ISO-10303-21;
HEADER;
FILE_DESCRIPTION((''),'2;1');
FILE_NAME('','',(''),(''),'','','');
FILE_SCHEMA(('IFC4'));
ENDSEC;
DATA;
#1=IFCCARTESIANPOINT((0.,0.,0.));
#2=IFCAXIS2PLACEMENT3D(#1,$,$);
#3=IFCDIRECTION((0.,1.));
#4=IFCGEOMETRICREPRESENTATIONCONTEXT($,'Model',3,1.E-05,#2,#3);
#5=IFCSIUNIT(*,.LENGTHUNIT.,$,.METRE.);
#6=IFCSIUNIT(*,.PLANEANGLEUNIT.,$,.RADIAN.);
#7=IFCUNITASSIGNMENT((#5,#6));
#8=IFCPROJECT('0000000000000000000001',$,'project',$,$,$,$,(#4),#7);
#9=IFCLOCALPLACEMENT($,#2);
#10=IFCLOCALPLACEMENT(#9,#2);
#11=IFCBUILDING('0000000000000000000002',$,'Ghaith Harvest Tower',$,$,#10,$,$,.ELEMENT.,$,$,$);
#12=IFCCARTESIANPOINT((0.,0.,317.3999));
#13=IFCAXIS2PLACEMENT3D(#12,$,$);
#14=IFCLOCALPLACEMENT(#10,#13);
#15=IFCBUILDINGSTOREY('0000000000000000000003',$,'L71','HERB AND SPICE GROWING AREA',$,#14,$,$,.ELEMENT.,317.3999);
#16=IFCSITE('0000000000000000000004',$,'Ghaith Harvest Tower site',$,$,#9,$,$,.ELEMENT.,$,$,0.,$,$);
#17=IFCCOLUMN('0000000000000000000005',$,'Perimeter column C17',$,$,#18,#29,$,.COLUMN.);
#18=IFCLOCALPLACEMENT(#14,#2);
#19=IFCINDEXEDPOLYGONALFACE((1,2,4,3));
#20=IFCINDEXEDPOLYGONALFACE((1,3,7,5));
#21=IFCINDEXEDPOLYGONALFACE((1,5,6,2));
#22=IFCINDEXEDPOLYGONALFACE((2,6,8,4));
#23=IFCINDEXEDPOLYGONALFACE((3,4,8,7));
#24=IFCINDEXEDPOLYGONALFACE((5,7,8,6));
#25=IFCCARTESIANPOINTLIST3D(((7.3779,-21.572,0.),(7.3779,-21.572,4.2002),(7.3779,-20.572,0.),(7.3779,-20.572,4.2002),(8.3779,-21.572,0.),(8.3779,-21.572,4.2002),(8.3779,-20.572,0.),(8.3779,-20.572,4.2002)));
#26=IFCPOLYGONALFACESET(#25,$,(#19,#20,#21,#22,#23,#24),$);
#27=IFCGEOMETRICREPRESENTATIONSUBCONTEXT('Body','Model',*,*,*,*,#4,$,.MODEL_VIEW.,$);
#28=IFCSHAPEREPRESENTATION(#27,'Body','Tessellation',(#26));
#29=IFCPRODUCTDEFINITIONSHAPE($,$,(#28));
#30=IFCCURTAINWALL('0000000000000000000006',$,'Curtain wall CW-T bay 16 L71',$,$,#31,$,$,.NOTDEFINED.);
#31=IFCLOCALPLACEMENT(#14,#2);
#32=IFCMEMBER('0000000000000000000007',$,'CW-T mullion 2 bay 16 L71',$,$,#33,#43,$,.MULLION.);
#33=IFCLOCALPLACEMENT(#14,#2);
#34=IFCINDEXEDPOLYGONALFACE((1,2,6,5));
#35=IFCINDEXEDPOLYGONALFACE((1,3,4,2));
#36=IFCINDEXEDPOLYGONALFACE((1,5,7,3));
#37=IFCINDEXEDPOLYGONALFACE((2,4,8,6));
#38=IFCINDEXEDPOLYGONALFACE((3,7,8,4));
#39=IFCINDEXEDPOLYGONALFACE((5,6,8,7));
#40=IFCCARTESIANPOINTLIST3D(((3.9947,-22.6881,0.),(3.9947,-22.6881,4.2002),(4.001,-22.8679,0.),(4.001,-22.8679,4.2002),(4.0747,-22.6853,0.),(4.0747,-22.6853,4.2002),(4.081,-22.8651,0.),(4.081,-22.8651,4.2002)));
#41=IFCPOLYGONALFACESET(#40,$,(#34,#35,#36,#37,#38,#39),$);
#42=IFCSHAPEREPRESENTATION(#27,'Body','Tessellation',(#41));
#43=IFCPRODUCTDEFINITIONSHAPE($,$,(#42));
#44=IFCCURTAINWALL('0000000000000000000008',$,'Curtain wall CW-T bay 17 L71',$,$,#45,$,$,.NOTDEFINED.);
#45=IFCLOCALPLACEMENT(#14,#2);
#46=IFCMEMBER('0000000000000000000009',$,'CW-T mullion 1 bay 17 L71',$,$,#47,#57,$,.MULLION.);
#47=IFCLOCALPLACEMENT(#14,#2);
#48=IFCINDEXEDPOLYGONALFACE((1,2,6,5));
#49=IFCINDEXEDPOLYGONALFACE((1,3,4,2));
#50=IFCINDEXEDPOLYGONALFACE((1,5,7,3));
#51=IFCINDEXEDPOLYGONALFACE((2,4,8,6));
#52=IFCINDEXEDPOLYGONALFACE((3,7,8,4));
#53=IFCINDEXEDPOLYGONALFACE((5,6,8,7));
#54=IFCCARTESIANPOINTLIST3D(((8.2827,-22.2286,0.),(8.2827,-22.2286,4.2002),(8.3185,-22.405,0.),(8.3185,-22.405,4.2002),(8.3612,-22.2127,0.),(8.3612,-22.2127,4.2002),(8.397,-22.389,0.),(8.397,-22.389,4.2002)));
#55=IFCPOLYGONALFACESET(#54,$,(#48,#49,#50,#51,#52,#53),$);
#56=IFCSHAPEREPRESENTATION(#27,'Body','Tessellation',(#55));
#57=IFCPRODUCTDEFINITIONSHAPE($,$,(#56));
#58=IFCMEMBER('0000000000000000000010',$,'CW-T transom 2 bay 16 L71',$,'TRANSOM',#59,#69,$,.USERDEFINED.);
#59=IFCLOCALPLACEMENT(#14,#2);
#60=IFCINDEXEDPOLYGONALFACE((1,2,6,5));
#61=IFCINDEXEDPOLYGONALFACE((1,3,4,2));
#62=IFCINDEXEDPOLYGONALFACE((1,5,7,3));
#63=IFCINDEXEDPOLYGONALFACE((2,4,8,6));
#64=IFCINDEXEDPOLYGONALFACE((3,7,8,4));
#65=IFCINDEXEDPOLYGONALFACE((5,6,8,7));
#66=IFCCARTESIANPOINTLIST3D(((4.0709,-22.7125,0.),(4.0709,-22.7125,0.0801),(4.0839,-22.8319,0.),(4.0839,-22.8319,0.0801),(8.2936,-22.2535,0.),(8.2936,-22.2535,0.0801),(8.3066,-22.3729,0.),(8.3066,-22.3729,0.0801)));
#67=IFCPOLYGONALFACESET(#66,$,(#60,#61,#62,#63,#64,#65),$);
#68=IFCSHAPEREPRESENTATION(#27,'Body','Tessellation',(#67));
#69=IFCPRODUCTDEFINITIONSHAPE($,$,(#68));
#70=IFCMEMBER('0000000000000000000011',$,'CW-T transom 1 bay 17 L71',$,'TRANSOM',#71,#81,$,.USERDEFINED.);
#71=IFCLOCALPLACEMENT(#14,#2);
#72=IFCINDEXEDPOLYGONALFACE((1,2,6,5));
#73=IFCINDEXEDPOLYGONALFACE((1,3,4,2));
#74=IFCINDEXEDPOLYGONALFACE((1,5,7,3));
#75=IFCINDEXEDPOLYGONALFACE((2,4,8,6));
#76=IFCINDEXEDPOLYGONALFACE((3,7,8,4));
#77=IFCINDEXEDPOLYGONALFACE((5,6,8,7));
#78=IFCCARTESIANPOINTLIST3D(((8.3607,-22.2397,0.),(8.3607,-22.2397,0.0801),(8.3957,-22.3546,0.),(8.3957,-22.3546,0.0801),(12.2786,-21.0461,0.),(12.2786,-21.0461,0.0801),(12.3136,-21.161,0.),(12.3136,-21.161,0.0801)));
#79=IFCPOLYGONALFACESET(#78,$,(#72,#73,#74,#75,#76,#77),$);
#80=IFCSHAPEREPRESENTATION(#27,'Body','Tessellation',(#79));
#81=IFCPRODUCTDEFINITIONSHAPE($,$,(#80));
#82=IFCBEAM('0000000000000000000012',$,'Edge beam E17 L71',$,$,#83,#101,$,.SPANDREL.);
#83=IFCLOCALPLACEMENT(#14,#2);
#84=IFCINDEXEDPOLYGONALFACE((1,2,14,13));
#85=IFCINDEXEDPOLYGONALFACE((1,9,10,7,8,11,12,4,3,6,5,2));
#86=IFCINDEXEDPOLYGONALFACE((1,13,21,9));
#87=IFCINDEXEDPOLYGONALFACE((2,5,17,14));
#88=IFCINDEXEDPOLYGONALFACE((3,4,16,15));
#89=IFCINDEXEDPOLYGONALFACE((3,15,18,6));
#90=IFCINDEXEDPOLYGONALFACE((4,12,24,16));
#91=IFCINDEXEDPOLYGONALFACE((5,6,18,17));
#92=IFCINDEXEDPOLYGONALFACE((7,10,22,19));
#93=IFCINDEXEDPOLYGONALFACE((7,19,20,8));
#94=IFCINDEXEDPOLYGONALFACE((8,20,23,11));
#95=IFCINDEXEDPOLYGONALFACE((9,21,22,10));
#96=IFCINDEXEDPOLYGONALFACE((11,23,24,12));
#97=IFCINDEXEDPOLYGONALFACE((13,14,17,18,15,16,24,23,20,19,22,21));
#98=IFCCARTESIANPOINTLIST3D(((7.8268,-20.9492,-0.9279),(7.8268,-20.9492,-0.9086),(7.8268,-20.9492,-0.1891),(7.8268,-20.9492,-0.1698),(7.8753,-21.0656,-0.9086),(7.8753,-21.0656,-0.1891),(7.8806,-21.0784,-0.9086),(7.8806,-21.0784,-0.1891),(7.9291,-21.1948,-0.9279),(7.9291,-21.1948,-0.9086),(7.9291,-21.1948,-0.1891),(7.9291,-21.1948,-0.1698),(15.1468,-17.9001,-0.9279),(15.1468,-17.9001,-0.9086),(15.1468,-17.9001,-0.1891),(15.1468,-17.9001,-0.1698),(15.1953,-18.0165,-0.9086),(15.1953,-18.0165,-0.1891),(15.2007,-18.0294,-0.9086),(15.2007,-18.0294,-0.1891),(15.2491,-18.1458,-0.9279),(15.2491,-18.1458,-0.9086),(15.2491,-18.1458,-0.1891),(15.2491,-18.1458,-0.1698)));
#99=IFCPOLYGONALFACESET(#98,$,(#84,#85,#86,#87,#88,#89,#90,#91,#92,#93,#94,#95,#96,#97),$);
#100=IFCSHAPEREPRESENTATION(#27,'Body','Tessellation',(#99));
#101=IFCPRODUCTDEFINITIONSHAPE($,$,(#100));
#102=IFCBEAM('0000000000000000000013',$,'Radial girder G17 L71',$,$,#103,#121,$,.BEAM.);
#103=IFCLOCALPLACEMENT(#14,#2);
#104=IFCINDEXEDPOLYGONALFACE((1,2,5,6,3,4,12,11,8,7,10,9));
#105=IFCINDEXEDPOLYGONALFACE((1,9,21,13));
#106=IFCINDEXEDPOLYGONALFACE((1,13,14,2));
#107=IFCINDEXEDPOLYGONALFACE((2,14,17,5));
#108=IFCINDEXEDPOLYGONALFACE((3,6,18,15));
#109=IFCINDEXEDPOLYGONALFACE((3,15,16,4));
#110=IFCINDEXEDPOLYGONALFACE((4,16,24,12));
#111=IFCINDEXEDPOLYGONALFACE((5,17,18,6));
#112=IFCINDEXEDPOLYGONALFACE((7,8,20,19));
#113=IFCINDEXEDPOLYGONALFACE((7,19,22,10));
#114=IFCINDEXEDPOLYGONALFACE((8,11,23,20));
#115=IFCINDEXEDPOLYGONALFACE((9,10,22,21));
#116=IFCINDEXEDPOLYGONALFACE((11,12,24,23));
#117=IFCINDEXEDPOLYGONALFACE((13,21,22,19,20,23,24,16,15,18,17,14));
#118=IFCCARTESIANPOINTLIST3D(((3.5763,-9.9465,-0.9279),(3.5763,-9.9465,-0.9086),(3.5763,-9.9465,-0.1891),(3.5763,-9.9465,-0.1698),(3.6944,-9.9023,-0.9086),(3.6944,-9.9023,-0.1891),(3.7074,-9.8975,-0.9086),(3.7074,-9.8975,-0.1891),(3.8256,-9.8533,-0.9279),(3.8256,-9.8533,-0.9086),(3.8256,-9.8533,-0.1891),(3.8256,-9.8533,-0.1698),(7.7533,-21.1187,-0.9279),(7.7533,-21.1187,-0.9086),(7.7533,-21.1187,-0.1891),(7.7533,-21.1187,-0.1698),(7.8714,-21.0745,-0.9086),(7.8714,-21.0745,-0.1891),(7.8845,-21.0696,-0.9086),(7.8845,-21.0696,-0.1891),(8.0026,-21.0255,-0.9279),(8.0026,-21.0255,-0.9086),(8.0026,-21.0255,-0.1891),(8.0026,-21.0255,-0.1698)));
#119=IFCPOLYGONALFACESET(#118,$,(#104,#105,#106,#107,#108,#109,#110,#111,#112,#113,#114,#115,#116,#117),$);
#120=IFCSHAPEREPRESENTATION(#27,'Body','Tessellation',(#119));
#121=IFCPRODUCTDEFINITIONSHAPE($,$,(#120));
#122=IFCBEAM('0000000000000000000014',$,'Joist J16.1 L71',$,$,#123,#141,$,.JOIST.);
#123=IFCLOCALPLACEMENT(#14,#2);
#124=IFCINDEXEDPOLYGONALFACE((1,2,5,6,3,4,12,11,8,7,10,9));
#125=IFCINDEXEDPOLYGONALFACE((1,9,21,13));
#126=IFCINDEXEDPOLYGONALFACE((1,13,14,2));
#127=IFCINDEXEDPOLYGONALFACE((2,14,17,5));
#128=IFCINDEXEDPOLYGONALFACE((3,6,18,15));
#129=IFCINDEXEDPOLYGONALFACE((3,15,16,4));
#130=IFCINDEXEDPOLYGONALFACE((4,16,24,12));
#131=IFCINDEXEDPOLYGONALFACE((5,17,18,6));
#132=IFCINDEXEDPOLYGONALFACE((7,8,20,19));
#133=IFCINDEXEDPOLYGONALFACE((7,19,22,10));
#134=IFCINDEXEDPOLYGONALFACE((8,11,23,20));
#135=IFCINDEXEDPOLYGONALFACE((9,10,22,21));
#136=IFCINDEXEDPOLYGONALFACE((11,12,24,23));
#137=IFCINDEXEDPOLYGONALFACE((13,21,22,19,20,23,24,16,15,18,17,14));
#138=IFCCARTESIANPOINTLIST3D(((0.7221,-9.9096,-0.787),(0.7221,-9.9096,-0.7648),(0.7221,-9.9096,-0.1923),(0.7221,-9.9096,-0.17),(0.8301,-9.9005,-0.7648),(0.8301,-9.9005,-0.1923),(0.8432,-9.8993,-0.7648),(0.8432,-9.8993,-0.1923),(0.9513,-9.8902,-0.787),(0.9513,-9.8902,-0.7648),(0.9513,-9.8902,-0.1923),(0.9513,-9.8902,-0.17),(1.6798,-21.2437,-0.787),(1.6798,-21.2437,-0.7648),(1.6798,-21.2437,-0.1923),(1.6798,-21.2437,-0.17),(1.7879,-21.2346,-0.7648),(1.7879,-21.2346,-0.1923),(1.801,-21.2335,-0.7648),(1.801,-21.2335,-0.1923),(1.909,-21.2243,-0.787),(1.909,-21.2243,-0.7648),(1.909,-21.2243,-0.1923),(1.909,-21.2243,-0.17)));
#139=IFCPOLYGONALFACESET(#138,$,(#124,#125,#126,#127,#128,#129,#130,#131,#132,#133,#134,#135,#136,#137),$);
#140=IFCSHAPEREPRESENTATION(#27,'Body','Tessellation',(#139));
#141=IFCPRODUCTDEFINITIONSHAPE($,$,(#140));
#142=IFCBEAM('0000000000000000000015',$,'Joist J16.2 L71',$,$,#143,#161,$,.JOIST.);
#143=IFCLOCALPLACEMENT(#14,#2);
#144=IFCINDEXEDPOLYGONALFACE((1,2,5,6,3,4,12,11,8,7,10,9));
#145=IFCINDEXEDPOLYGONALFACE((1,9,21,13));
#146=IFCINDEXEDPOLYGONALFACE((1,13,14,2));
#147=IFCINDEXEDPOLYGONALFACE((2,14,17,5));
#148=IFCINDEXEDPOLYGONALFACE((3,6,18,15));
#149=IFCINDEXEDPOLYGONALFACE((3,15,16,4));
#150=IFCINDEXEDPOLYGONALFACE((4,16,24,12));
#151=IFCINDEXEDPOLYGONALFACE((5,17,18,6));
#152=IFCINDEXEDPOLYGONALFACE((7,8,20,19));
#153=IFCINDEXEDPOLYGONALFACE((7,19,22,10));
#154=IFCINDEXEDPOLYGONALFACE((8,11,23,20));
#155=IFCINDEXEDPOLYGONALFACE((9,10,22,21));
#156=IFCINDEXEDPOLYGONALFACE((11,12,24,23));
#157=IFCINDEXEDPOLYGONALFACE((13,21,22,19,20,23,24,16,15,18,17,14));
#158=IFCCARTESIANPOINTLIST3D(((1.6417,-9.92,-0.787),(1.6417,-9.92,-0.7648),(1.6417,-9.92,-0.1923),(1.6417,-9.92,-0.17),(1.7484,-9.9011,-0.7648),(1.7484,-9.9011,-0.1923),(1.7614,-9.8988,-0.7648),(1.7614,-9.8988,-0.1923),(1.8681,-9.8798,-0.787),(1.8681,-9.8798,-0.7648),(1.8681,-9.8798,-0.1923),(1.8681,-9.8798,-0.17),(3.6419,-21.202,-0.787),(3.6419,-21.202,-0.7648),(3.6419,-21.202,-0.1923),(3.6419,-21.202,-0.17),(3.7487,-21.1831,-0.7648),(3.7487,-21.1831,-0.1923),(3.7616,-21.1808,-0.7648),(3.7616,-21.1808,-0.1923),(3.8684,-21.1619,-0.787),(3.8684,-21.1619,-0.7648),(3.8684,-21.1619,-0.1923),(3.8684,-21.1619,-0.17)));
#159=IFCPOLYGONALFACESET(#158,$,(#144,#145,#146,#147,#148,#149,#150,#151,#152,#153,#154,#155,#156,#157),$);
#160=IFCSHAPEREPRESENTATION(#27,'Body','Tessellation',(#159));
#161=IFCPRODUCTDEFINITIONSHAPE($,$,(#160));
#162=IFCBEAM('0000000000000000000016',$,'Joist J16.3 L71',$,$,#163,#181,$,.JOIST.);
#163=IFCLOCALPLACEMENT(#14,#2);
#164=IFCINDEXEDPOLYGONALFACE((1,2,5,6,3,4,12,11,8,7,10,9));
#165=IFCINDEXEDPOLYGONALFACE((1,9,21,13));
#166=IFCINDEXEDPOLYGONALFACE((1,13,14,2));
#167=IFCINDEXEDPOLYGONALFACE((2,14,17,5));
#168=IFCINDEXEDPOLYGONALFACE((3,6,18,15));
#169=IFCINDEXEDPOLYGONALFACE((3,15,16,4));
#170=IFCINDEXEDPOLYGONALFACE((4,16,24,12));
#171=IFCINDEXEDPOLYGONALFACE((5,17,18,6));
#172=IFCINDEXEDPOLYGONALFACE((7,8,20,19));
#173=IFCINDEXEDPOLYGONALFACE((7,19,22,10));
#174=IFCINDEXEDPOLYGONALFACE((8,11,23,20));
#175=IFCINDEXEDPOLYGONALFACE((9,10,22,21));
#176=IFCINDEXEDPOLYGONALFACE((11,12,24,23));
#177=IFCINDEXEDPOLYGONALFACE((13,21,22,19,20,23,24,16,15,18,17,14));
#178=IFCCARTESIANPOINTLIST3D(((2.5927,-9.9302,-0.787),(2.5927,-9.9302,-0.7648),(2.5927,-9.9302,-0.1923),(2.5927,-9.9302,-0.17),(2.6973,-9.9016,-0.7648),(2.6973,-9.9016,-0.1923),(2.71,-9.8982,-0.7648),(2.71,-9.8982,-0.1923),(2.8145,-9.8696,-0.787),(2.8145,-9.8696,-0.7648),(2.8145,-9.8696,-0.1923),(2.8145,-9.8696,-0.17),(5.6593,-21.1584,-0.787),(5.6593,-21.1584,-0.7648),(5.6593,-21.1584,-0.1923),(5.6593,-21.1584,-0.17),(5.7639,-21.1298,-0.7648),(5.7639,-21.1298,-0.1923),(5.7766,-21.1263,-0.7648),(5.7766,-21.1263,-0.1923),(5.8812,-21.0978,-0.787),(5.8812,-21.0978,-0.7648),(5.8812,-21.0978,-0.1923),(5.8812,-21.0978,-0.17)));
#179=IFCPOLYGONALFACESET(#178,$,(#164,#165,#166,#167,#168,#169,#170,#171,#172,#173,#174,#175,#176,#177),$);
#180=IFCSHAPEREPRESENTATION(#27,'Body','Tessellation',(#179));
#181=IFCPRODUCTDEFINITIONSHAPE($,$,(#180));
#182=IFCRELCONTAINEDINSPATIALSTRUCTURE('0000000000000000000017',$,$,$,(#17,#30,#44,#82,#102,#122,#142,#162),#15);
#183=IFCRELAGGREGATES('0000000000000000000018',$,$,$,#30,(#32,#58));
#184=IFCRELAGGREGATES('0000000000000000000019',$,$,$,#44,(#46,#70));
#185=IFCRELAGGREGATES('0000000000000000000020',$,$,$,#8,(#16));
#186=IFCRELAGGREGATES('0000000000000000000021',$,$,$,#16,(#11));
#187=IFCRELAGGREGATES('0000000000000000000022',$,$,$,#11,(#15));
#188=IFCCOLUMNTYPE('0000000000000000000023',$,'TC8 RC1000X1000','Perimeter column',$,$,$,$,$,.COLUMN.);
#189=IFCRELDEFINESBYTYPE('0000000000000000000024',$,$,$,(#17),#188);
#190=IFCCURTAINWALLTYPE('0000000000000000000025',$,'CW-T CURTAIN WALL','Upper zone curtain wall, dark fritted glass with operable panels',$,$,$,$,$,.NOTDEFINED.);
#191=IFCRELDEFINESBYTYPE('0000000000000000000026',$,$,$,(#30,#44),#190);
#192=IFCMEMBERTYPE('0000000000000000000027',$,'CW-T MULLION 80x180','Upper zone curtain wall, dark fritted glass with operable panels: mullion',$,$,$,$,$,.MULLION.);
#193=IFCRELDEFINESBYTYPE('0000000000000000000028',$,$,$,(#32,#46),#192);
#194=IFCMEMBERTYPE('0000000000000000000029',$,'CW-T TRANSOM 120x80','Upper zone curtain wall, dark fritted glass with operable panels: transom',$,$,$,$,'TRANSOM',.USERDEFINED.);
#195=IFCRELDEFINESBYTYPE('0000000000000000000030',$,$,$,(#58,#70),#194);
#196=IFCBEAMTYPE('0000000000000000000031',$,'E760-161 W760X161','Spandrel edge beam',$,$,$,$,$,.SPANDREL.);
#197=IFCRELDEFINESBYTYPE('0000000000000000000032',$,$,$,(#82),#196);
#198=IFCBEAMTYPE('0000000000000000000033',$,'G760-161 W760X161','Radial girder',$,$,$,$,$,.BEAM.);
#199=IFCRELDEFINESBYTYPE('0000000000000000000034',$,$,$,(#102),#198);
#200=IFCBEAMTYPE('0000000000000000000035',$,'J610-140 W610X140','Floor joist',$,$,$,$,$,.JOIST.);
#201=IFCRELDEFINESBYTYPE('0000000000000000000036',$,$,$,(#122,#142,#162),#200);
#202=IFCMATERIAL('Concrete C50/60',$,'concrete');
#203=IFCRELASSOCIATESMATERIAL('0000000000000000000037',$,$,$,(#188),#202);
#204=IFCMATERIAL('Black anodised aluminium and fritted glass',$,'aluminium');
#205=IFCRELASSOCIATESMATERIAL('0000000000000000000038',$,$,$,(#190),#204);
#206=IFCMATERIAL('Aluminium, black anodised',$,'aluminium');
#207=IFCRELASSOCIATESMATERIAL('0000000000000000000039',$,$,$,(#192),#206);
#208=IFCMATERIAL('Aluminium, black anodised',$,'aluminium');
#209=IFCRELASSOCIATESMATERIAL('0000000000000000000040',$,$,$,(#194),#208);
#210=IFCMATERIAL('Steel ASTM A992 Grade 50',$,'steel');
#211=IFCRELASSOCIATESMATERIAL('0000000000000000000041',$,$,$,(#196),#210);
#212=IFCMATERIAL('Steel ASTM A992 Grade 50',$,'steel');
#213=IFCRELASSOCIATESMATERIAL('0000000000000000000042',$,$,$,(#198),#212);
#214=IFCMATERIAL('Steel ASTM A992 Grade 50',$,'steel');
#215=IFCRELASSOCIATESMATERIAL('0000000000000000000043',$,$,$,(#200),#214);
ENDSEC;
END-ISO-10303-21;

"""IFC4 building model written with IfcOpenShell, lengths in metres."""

from ifc_helpers import new_model, si_unit, direction, frame, origin, origin_2d, place, context, subcontext, project, spatial, rectangle, i_section, extrude, material, material_profile, profile_set, type_object, element, aggregate, save


model = new_model("IFC4")

# Units and contexts
model_context = context("Model", 3, precision=1e-05, world=origin(), true_north=direction((0.0, 1.0)))
body_context = subcontext(model_context, "Body", "Model", "MODEL_VIEW")
ifc_project = project(units=[si_unit("LENGTHUNIT", "METRE"), si_unit("PLANEANGLEUNIT", "RADIAN")], contexts=[model_context])

# Site, building, storey
site_placement = place(None, origin())
site = spatial("IfcSite", under=ifc_project, at=site_placement, Name="Ghaith Harvest Tower site", CompositionType="ELEMENT", RefElevation=0.0)
building_placement = place(site_placement, origin())
building = spatial("IfcBuilding", under=site, at=building_placement, Name="Ghaith Harvest Tower", CompositionType="ELEMENT")
storey_placement = place(building_placement, frame((0.0, 0.0, 317.3999)))
storey = spatial("IfcBuildingStorey", under=building, at=storey_placement, Name="L71", Description="HERB AND SPICE GROWING AREA", CompositionType="ELEMENT", Elevation=317.3999)

# Column
ifc_material_1 = material(Name="Concrete C50/60", Category="concrete")
ifc_material_profile_1 = material_profile(ifc_material_1, rectangle(XDim=1.0, YDim=1.0, at=origin_2d()), Name="RC1000X1000")
ifc_profile_set_1 = profile_set([ifc_material_profile_1], Name="Concrete C50/60")
column_type = type_object("IfcColumnType", Name="TC8 RC1000X1000", Description="Perimeter column", PredefinedType="COLUMN", material=ifc_profile_set_1)
column_placement = place(storey_placement, frame((7.8779, -21.072, 0.0), z_axis=(0.0, 0.0, 1.0), x_axis=(1.0, 0.0, 0.0)))
element("IfcColumn", 1, at=column_placement, inside=storey, type_object=column_type, Name="Perimeter column C17", PredefinedType="COLUMN", context=body_context, shape_type="SweptSolid", body=[
    extrude(rectangle(XDim=1.0, YDim=1.0, at=origin_2d()), origin(), (0.0, 0.0, 1.0), 4.2002),
])

# Curtain walls, members
ifc_material_2 = material(Name="Black anodised aluminium and fritted glass", Category="aluminium")
curtain_wall_type = type_object("IfcCurtainWallType", Name="CW-T CURTAIN WALL", Description="Upper zone curtain wall, dark fritted glass with operable panels", PredefinedType="NOTDEFINED", material=ifc_material_2)
curtain_wall_1_placement = place(storey_placement, origin())
curtain_wall_1 = element("IfcCurtainWall", 2, at=curtain_wall_1_placement, inside=storey, type_object=curtain_wall_type, Name="Curtain wall CW-T bay 16 L71", PredefinedType="NOTDEFINED")
ifc_material_3 = material(Name="Aluminium, black anodised", Category="aluminium")
ifc_material_profile_2 = material_profile(ifc_material_3, rectangle(XDim=0.0801, YDim=0.1799, at=origin_2d()), Name="CW-T MULLION 80x180")
ifc_profile_set_2 = profile_set([ifc_material_profile_2], Name="Aluminium, black anodised")
member_type_1 = type_object("IfcMemberType", Name="CW-T MULLION 80x180", Description="Upper zone curtain wall, dark fritted glass with operable panels: mullion", PredefinedType="MULLION", material=ifc_profile_set_2)
member_1_placement = place(storey_placement, frame((4.0378, -22.7766, 0.0), z_axis=(0.0, 0.0, 1.0), x_axis=(0.999389, 0.034962, 0.0)))
member_1 = element("IfcMember", 3, at=member_1_placement, type_object=member_type_1, Name="CW-T mullion 2 bay 16 L71", PredefinedType="MULLION", context=body_context, shape_type="SweptSolid", body=[
    extrude(rectangle(XDim=0.0801, YDim=0.1799, at=origin_2d()), origin(), (0.0, 0.0, 1.0), 4.2002),
])
curtain_wall_2_placement = place(storey_placement, origin())
curtain_wall_2 = element("IfcCurtainWall", 4, at=curtain_wall_2_placement, inside=storey, type_object=curtain_wall_type, Name="Curtain wall CW-T bay 17 L71", PredefinedType="NOTDEFINED")
member_2_placement = place(storey_placement, frame((8.3398, -22.3088, 0.0), z_axis=(0.0, 0.0, 1.0), x_axis=(0.98, 0.198997, 0.0)))
member_2 = element("IfcMember", 5, at=member_2_placement, type_object=member_type_1, Name="CW-T mullion 1 bay 17 L71", PredefinedType="MULLION", context=body_context, shape_type="SweptSolid", body=[
    extrude(rectangle(XDim=0.0801, YDim=0.1799, at=origin_2d()), origin(), (0.0, 0.0, 1.0), 4.2002),
])

# Members
ifc_material_4 = material(Name="Aluminium, black anodised", Category="aluminium")
ifc_material_profile_3 = material_profile(ifc_material_4, rectangle(XDim=0.1201, YDim=0.0801, at=origin_2d()), Name="CW-T TRANSOM 120x80")
ifc_profile_set_3 = profile_set([ifc_material_profile_3], Name="Aluminium, black anodised")
member_type_2 = type_object("IfcMemberType", Name="CW-T TRANSOM 120x80", Description="Upper zone curtain wall, dark fritted glass with operable panels: transom", ElementType="TRANSOM", PredefinedType="USERDEFINED", material=ifc_profile_set_3)
member_3_placement = place(storey_placement, frame((4.0774, -22.7722, 0.04), z_axis=(0.994144, 0.108059, 0.0), x_axis=(-0.108059, 0.994144, 0.0)))
member_3 = element("IfcMember", 6, at=member_3_placement, type_object=member_type_2, Name="CW-T transom 2 bay 16 L71", ObjectType="TRANSOM", PredefinedType="USERDEFINED", context=body_context, shape_type="SweptSolid", body=[
    extrude(rectangle(XDim=0.1201, YDim=0.0801, at=origin_2d()), origin(), (0.0, 0.0, 1.0), 4.2476),
])
member_4_placement = place(storey_placement, frame((8.3782, -22.2971, 0.04), z_axis=(0.956594, 0.291425, 0.0), x_axis=(-0.291425, 0.956594, 0.0)))
member_4 = element("IfcMember", 7, at=member_4_placement, type_object=member_type_2, Name="CW-T transom 1 bay 17 L71", ObjectType="TRANSOM", PredefinedType="USERDEFINED", context=body_context, shape_type="SweptSolid", body=[
    extrude(rectangle(XDim=0.1201, YDim=0.0801, at=origin_2d()), origin(), (0.0, 0.0, 1.0), 4.0957),
])

# Beams
ifc_material_5 = material(Name="Steel ASTM A992 Grade 50", Category="steel")
ifc_material_profile_4 = material_profile(ifc_material_5, i_section(OverallWidth=0.2661, OverallDepth=0.7581, WebThickness=0.0139, FlangeThickness=0.0193, at=origin_2d()), Name="W760X161")
ifc_profile_set_4 = profile_set([ifc_material_profile_4], Name="Steel ASTM A992 Grade 50")
beam_type_1 = type_object("IfcBeamType", Name="E760-161 W760X161", Description="Spandrel edge beam", PredefinedType="SPANDREL", material=ifc_profile_set_4)
beam_1_placement = place(storey_placement, frame((7.8779, -21.072, -0.5488), z_axis=(0.92312, 0.384513, 0.0), x_axis=(-0.384513, 0.92312, 0.0)))
element("IfcBeam", 8, at=beam_1_placement, inside=storey, type_object=beam_type_1, Name="Edge beam E17 L71", PredefinedType="SPANDREL", context=body_context, shape_type="SweptSolid", body=[
    extrude(i_section(OverallWidth=0.2661, OverallDepth=0.7581, WebThickness=0.0139, FlangeThickness=0.0193, at=origin_2d()), origin(), (0.0, 0.0, 1.0), 7.9297),
])
ifc_material_6 = material(Name="Steel ASTM A992 Grade 50", Category="steel")
ifc_material_profile_5 = material_profile(ifc_material_6, i_section(OverallWidth=0.2661, OverallDepth=0.7581, WebThickness=0.0139, FlangeThickness=0.0193, at=origin_2d()), Name="W760X161")
ifc_profile_set_5 = profile_set([ifc_material_profile_5], Name="Steel ASTM A992 Grade 50")
beam_type_2 = type_object("IfcBeamType", Name="G760-161 W760X161", Description="Radial girder", PredefinedType="BEAM", material=ifc_profile_set_5)
beam_2_placement = place(storey_placement, frame((3.7009, -9.8999, -0.5488), z_axis=(0.350201, -0.936674, 0.0), x_axis=(0.936674, 0.350201, 0.0)))
element("IfcBeam", 9, at=beam_2_placement, inside=storey, type_object=beam_type_2, Name="Radial girder G17 L71", PredefinedType="BEAM", context=body_context, shape_type="SweptSolid", body=[
    extrude(i_section(OverallWidth=0.2661, OverallDepth=0.7581, WebThickness=0.0139, FlangeThickness=0.0193, at=origin_2d()), origin(), (0.0, 0.0, 1.0), 11.9275),
])
ifc_material_7 = material(Name="Steel ASTM A992 Grade 50", Category="steel")
ifc_material_profile_6 = material_profile(ifc_material_7, i_section(OverallWidth=0.23, OverallDepth=0.6169, WebThickness=0.0132, FlangeThickness=0.0222, at=origin_2d()), Name="W610X140")
ifc_profile_set_6 = profile_set([ifc_material_profile_6], Name="Steel ASTM A992 Grade 50")
beam_type_3 = type_object("IfcBeamType", Name="J610-140 W610X140", Description="Floor joist", PredefinedType="JOIST", material=ifc_profile_set_6)
beam_3_placement = place(storey_placement, frame((0.8367, -9.8999, -0.4785), z_axis=(0.084202, -0.996449, 0.0), x_axis=(0.996449, 0.084202, 0.0)))
element("IfcBeam", 10, at=beam_3_placement, inside=storey, type_object=beam_type_3, Name="Joist J16.1 L71", PredefinedType="JOIST", context=body_context, shape_type="SweptSolid", body=[
    extrude(i_section(OverallWidth=0.23, OverallDepth=0.6169, WebThickness=0.0132, FlangeThickness=0.0222, at=origin_2d()), origin(), (0.0, 0.0, 1.0), 11.3745),
])
beam_4_placement = place(storey_placement, frame((1.7549, -9.8999, -0.4785), z_axis=(0.174573, -0.984644, 0.0), x_axis=(0.984644, 0.174573, 0.0)))
element("IfcBeam", 11, at=beam_4_placement, inside=storey, type_object=beam_type_3, Name="Joist J16.2 L71", PredefinedType="JOIST", context=body_context, shape_type="SweptSolid", body=[
    extrude(i_section(OverallWidth=0.23, OverallDepth=0.6169, WebThickness=0.0132, FlangeThickness=0.0222, at=origin_2d()), origin(), (0.0, 0.0, 1.0), 11.458),
])
beam_5_placement = place(storey_placement, frame((2.7036, -9.8999, -0.4785), z_axis=(0.263469, -0.964668, 0.0), x_axis=(0.964668, 0.263469, 0.0)))
element("IfcBeam", 12, at=beam_5_placement, inside=storey, type_object=beam_type_3, Name="Joist J16.3 L71", PredefinedType="JOIST", context=body_context, shape_type="SweptSolid", body=[
    extrude(i_section(OverallWidth=0.23, OverallDepth=0.6169, WebThickness=0.0132, FlangeThickness=0.0222, at=origin_2d()), origin(), (0.0, 0.0, 1.0), 11.6394),
])

aggregate(curtain_wall_1, [member_1, member_3])
aggregate(curtain_wall_2, [member_2, member_4])

save(model, "model.ifc")
